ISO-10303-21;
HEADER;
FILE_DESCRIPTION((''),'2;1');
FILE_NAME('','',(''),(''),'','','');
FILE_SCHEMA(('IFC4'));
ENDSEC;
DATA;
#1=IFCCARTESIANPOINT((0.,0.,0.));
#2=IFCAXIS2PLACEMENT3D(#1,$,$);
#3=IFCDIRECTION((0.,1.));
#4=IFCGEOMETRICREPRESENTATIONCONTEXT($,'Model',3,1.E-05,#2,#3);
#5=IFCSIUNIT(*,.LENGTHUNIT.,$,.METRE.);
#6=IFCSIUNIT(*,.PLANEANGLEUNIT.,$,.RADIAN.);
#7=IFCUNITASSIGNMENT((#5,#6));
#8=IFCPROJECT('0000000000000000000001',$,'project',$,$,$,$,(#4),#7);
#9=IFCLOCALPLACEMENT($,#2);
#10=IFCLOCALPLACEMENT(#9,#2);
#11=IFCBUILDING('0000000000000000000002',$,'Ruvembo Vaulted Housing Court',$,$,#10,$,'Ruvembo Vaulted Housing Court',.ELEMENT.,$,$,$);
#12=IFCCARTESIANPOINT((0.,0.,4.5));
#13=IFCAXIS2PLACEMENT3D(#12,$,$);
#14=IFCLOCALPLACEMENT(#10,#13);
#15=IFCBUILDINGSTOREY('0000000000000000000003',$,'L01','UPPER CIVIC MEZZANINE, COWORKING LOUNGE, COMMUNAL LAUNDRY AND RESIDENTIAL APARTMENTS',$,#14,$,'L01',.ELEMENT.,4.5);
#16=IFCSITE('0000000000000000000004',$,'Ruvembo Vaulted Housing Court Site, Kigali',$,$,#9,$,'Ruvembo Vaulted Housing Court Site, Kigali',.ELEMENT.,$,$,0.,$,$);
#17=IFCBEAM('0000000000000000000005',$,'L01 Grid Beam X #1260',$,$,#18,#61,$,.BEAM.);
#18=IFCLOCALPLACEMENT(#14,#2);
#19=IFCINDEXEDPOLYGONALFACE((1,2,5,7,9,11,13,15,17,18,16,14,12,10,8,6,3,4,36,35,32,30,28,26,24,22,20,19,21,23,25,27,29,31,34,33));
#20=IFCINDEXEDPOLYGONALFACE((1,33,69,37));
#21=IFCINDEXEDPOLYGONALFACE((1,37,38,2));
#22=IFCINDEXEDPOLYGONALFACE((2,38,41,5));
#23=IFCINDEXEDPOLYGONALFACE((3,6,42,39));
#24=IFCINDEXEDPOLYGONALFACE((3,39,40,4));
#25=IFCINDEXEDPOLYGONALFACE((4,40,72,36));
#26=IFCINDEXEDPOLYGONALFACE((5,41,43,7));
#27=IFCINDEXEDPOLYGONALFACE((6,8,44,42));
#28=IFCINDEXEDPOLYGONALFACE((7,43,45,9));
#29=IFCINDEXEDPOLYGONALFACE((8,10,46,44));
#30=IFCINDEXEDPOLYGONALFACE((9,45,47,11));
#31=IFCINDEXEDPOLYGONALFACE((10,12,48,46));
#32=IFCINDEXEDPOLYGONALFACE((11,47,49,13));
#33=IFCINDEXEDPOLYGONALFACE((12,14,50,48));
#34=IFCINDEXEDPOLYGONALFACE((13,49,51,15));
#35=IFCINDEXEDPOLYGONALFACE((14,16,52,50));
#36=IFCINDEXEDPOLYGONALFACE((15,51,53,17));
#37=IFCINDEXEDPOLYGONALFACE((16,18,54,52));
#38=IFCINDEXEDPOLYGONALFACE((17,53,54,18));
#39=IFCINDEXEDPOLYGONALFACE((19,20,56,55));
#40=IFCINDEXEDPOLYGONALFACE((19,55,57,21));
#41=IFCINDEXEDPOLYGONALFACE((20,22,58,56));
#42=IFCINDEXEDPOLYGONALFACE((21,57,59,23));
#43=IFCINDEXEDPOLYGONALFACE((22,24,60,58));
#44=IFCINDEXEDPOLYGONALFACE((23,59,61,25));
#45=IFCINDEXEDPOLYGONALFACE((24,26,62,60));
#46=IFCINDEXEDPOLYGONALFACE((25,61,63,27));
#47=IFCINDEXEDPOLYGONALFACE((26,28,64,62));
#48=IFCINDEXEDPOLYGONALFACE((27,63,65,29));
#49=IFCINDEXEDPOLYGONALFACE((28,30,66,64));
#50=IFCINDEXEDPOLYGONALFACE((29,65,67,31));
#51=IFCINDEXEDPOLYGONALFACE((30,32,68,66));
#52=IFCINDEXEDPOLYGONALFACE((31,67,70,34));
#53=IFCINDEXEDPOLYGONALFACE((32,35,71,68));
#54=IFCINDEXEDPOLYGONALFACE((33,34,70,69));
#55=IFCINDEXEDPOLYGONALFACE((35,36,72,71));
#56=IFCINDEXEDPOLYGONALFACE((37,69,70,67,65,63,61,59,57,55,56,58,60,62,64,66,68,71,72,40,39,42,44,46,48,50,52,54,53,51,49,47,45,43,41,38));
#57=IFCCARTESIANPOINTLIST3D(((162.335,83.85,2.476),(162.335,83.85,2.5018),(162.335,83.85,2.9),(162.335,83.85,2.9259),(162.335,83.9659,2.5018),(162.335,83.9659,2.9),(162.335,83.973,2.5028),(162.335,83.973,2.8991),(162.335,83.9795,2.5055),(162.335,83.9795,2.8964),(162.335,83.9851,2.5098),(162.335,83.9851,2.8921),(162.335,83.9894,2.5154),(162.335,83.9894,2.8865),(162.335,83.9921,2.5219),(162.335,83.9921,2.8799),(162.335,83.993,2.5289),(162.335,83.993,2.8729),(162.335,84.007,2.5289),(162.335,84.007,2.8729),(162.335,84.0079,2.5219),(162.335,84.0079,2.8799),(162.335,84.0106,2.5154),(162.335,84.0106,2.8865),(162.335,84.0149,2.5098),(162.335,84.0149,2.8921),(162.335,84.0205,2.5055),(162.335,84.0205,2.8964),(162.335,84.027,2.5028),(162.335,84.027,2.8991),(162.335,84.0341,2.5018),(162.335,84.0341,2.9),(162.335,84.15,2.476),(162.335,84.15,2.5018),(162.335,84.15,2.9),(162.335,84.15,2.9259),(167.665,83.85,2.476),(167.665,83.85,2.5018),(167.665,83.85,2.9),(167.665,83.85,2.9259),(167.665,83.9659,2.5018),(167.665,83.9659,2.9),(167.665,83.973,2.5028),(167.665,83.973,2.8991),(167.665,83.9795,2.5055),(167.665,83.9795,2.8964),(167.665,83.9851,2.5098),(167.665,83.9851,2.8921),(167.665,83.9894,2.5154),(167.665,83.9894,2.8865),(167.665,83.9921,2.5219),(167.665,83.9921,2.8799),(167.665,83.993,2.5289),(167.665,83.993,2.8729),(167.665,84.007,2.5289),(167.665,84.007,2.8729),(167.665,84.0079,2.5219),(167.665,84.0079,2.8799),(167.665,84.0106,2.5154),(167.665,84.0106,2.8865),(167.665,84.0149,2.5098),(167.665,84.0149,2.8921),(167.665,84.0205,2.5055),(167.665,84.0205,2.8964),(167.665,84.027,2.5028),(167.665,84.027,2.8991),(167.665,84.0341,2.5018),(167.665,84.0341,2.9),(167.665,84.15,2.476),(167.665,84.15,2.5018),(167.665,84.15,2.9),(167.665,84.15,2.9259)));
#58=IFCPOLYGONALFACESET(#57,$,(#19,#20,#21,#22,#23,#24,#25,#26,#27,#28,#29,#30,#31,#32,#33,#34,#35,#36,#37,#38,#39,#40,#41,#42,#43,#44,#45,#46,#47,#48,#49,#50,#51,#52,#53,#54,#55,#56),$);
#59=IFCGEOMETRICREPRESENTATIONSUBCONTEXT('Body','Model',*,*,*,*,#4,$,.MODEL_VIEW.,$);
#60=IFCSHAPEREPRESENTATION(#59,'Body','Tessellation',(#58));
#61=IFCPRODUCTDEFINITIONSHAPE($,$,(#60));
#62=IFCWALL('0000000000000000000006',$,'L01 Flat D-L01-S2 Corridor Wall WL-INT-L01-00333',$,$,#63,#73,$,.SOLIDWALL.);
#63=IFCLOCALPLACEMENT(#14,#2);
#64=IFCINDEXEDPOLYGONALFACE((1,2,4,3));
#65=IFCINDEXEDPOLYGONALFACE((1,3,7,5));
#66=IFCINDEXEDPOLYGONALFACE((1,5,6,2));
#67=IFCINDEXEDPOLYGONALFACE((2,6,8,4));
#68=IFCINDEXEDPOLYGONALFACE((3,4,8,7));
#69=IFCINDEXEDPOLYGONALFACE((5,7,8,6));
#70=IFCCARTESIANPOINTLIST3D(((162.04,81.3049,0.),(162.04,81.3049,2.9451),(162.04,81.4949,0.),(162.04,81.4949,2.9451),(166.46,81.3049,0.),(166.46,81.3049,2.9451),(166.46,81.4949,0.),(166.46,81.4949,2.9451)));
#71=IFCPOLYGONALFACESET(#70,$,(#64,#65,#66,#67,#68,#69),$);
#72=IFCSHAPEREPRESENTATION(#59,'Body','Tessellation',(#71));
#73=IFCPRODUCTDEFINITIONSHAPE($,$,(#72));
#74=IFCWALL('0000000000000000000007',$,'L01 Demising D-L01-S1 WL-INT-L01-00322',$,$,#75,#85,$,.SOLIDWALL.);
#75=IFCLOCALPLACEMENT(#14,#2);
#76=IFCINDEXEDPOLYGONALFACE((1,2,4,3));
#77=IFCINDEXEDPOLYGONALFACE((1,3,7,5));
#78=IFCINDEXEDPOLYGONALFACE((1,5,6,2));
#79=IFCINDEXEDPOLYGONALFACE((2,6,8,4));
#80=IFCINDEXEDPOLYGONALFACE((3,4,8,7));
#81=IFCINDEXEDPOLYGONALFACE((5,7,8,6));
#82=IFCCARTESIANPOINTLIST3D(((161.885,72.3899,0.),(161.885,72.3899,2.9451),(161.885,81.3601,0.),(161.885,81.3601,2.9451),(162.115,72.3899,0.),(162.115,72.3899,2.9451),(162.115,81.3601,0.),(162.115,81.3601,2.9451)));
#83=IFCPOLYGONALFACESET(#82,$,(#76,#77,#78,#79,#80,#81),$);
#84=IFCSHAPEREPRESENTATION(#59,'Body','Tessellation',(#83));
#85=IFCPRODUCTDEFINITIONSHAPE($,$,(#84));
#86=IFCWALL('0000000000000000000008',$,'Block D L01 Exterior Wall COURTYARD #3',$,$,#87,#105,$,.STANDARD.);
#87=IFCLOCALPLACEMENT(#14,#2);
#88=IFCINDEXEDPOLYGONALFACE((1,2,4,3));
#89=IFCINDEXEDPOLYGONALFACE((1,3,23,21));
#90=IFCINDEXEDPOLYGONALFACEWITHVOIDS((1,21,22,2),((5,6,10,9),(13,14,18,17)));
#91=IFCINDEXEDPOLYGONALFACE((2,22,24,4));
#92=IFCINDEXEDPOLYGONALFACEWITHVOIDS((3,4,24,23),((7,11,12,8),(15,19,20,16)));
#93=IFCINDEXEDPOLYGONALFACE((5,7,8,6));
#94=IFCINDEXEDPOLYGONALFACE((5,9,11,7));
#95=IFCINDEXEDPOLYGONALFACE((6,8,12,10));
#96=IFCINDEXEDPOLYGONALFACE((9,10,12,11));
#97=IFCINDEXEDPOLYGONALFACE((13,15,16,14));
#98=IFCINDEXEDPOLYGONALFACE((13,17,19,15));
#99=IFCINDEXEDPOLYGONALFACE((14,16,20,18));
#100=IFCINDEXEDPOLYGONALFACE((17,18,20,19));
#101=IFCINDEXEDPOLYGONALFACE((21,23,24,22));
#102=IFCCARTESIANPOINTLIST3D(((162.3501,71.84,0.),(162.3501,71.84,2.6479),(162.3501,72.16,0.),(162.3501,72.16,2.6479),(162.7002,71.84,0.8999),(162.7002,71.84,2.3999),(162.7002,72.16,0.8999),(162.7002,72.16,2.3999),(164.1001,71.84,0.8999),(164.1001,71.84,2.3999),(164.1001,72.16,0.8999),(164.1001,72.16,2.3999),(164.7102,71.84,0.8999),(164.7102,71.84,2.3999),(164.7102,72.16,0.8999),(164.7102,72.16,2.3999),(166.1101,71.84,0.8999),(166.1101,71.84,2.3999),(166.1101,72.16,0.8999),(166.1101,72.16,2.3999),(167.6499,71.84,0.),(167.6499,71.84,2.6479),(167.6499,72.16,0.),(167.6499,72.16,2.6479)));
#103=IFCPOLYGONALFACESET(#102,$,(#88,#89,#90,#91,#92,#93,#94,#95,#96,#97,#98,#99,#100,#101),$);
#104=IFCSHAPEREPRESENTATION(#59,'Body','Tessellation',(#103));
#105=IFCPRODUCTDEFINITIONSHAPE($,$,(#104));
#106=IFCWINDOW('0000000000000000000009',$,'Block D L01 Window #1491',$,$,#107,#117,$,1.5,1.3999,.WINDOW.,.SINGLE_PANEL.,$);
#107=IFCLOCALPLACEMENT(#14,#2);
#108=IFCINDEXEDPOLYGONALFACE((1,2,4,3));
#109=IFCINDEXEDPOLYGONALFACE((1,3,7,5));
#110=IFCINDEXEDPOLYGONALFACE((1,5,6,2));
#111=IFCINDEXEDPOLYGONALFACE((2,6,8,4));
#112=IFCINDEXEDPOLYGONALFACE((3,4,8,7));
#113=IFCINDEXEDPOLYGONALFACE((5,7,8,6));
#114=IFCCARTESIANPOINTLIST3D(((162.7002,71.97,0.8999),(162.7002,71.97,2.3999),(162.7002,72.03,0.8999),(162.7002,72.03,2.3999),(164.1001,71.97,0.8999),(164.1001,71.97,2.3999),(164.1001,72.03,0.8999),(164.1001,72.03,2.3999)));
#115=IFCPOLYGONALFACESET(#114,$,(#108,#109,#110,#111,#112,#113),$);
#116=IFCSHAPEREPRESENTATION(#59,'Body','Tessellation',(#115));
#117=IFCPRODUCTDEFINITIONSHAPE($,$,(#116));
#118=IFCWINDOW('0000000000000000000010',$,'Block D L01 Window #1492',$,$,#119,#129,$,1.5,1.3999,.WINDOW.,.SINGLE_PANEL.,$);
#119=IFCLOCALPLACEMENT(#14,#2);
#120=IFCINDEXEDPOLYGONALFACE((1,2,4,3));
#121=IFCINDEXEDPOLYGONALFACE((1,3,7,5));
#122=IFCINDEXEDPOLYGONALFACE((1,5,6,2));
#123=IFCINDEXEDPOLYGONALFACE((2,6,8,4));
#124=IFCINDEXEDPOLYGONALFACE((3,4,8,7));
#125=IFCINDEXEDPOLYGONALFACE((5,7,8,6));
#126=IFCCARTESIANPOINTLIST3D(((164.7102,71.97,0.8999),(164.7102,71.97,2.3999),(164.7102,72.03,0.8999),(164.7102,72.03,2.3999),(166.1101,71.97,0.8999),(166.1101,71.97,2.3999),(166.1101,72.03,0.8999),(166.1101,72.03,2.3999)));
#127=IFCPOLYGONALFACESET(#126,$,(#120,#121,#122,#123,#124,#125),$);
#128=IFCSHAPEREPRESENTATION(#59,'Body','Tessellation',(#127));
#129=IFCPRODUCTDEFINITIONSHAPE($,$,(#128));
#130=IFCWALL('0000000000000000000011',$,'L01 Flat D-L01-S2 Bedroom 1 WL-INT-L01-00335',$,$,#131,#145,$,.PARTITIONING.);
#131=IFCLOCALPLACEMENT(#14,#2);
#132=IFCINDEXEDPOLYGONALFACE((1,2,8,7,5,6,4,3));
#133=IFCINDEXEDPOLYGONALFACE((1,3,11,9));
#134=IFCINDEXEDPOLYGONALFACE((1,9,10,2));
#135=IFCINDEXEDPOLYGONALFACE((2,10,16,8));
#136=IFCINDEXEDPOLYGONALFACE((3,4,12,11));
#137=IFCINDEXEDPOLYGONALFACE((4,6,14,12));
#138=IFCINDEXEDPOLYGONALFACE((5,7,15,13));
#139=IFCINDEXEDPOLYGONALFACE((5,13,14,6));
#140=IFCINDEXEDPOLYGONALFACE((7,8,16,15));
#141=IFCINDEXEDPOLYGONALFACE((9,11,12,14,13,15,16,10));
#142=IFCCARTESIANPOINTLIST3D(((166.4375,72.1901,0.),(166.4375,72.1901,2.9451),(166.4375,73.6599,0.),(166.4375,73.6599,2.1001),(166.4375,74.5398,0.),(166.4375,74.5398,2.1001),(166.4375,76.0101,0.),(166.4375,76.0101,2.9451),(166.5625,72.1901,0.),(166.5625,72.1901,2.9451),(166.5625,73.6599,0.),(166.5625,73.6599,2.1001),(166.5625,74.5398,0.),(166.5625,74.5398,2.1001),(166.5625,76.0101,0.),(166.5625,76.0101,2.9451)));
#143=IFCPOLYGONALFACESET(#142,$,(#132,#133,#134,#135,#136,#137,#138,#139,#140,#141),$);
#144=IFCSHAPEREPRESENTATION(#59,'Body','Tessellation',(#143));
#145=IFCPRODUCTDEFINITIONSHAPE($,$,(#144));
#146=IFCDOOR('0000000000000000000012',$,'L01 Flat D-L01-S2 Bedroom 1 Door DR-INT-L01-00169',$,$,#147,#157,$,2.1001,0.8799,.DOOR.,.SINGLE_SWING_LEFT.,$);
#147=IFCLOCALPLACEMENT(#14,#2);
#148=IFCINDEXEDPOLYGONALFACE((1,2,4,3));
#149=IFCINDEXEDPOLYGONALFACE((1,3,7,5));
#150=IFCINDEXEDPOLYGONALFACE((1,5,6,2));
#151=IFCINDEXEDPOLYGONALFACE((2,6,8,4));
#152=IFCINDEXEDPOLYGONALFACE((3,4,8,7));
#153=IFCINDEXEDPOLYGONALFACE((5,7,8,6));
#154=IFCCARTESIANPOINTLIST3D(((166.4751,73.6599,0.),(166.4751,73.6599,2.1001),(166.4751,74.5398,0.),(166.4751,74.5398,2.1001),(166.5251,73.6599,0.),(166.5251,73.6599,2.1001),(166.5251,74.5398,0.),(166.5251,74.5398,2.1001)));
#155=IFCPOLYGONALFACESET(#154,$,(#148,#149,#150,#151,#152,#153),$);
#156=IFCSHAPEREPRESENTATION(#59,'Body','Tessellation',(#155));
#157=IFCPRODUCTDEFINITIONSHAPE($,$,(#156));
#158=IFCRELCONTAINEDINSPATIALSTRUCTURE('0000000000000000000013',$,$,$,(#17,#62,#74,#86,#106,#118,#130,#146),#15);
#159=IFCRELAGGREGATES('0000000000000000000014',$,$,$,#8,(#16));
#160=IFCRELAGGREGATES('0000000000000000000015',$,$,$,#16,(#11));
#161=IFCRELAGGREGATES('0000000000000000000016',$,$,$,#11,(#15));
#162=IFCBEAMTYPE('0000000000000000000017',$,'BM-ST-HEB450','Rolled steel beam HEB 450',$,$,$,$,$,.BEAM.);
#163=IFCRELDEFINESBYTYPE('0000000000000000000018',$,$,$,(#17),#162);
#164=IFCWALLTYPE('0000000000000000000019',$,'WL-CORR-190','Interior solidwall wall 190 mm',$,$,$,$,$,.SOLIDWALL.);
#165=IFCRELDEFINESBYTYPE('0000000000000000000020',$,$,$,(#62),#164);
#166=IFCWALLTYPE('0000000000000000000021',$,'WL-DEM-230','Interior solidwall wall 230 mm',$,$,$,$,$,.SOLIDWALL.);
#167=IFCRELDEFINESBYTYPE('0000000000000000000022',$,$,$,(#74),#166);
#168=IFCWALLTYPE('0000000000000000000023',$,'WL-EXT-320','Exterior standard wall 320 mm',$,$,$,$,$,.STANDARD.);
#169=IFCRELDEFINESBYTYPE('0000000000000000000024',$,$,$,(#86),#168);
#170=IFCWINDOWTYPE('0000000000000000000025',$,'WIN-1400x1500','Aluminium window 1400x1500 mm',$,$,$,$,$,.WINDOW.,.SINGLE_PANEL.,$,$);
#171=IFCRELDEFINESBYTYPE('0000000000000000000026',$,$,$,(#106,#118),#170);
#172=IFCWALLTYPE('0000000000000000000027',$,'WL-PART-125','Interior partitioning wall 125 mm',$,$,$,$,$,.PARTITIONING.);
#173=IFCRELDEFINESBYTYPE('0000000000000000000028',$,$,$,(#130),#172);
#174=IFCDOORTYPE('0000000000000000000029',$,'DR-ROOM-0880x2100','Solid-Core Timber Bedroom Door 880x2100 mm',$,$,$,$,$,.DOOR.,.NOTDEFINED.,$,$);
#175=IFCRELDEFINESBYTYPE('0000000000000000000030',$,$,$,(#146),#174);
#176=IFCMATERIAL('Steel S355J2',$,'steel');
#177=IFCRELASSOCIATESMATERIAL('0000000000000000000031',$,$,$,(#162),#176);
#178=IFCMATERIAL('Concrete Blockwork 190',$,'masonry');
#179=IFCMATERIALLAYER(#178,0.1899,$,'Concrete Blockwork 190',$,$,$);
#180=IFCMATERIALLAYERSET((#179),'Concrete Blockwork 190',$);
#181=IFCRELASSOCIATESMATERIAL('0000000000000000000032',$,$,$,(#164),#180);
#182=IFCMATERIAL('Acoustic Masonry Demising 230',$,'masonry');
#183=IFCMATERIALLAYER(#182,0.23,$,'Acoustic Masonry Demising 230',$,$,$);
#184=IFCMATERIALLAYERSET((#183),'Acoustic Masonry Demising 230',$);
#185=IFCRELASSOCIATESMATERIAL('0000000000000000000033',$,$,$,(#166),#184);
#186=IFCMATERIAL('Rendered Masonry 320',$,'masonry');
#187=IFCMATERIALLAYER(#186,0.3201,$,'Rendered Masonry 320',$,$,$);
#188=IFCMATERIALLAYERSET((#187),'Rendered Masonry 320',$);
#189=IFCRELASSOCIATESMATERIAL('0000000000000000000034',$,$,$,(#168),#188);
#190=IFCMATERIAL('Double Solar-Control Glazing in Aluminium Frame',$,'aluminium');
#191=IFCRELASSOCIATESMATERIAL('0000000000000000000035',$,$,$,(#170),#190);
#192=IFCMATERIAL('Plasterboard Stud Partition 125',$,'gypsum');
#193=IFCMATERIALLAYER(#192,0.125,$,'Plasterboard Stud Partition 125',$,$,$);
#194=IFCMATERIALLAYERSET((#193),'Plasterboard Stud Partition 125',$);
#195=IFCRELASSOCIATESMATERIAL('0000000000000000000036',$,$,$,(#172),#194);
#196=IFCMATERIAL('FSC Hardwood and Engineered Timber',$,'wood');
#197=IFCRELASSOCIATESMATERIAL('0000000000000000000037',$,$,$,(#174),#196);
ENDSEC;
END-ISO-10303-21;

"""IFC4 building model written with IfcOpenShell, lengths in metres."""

from ifc_helpers import new_model, si_unit, direction, frame, frame_2d, origin, origin_2d, place, context, subcontext, project, spatial, rectangle, i_section, extrude, material, layer, layer_set, material_profile, profile_set, type_object, element, fill, save


model = new_model("IFC4")

# Units and contexts
model_context = context("Model", 3, precision=1e-05, world=origin(), true_north=direction((0.0, 1.0)))
body_context = subcontext(model_context, "Body", "Model", "MODEL_VIEW")
ifc_project = project(units=[si_unit("LENGTHUNIT", "METRE"), si_unit("PLANEANGLEUNIT", "RADIAN")], contexts=[model_context])

# Site, building, storey
site_placement = place(None, origin())
site = spatial("IfcSite", under=ifc_project, at=site_placement, Name="Ruvembo Vaulted Housing Court Site, Kigali", LongName="Ruvembo Vaulted Housing Court Site, Kigali", CompositionType="ELEMENT", RefElevation=0.0)
building_placement = place(site_placement, origin())
building = spatial("IfcBuilding", under=site, at=building_placement, Name="Ruvembo Vaulted Housing Court", LongName="Ruvembo Vaulted Housing Court", CompositionType="ELEMENT")
storey_placement = place(building_placement, frame((0.0, 0.0, 4.5)))
storey = spatial("IfcBuildingStorey", under=building, at=storey_placement, Name="L01", Description="UPPER CIVIC MEZZANINE, COWORKING LOUNGE, COMMUNAL LAUNDRY AND RESIDENTIAL APARTMENTS", LongName="L01", CompositionType="ELEMENT", Elevation=4.5)

# Beam
ifc_material_1 = material(Name="Steel S355J2", Category="steel")
ifc_material_profile_1 = material_profile(ifc_material_1, i_section(OverallWidth=0.3, OverallDepth=0.45, WebThickness=0.0139, FlangeThickness=0.0259, FilletRadius=0.0271, at=origin_2d()), Name="HEB 450")
ifc_profile_set_1 = profile_set([ifc_material_profile_1], Name="Steel S355J2")
beam_type_1 = type_object("IfcBeamType", Name="BM-ST-HEB450", Description="Rolled steel beam HEB 450", PredefinedType="BEAM", material=ifc_profile_set_1)
beam_1_placement = place(storey_placement, frame((162.335, 84.0, 2.7009), z_axis=(1.0, 0.0, 0.0), x_axis=(0.0, 1.0, 0.0)))
element("IfcBeam", 1, at=beam_1_placement, inside=storey, type_object=beam_type_1, Name="L01 Grid Beam X #1260", PredefinedType="BEAM", context=body_context, shape_type="SweptSolid", body=[
    extrude(i_section(OverallWidth=0.3, OverallDepth=0.45, WebThickness=0.0139, FlangeThickness=0.0259, FilletRadius=0.0271, at=origin_2d()), origin(), (0.0, 0.0, 1.0), 5.3301),
])

# Wall
ifc_material_2 = material(Name="Concrete Blockwork 190", Category="masonry")
ifc_layer_1 = layer(ifc_material_2, 0.1899, Name="Concrete Blockwork 190")
ifc_layer_set_1 = layer_set([ifc_layer_1], Name="Concrete Blockwork 190")
wall_type_1 = type_object("IfcWallType", Name="WL-CORR-190", Description="Interior solidwall wall 190 mm", PredefinedType="SOLIDWALL", material=ifc_layer_set_1)
wall_1_placement = place(storey_placement, frame((162.04, 81.3999, 0.0), z_axis=(0.0, 0.0, 1.0), x_axis=(1.0, 0.0, 0.0)))
element("IfcWall", 2, at=wall_1_placement, inside=storey, type_object=wall_type_1, Name="L01 Flat D-L01-S2 Corridor Wall WL-INT-L01-00333", PredefinedType="SOLIDWALL", context=body_context, shape_type="SweptSolid", body=[
    extrude(rectangle(XDim=4.4199, YDim=0.1899, at=frame_2d((2.21, 0.0))), origin(), (0.0, 0.0, 1.0), 2.9451),
])

# Shared definitions
ifc_material_3 = material(Name="FSC Hardwood and Engineered Timber", Category="wood")

# Wall
ifc_material_4 = material(Name="Acoustic Masonry Demising 230", Category="masonry")
ifc_layer_2 = layer(ifc_material_4, 0.23, Name="Acoustic Masonry Demising 230")
ifc_layer_set_2 = layer_set([ifc_layer_2], Name="Acoustic Masonry Demising 230")
wall_type_2 = type_object("IfcWallType", Name="WL-DEM-230", Description="Interior solidwall wall 230 mm", PredefinedType="SOLIDWALL", material=ifc_layer_set_2)
wall_2_placement = place(storey_placement, frame((162.0, 72.3899, 0.0), z_axis=(0.0, 0.0, 1.0), x_axis=(0.0, 1.0, 0.0)))
element("IfcWall", 3, at=wall_2_placement, inside=storey, type_object=wall_type_2, Name="L01 Demising D-L01-S1 WL-INT-L01-00322", PredefinedType="SOLIDWALL", context=body_context, shape_type="SweptSolid", body=[
    extrude(rectangle(XDim=8.9702, YDim=0.23, at=frame_2d((4.4851, 0.0))), origin(), (0.0, 0.0, 1.0), 2.9451),
])

# Wall, openings, windows
ifc_material_5 = material(Name="Rendered Masonry 320", Category="masonry")
ifc_layer_3 = layer(ifc_material_5, 0.3201, Name="Rendered Masonry 320")
ifc_layer_set_3 = layer_set([ifc_layer_3], Name="Rendered Masonry 320")
wall_type_3 = type_object("IfcWallType", Name="WL-EXT-320", Description="Exterior standard wall 320 mm", PredefinedType="STANDARD", material=ifc_layer_set_3)
wall_3_placement = place(storey_placement, frame((162.3501, 72.0, 0.0), z_axis=(0.0, 0.0, 1.0), x_axis=(1.0, 0.0, 0.0)))
wall_3 = element("IfcWall", 4, at=wall_3_placement, inside=storey, type_object=wall_type_3, Name="Block D L01 Exterior Wall COURTYARD #3", PredefinedType="STANDARD", context=body_context, shape_type="SweptSolid", body=[
    extrude(rectangle(XDim=5.2998, YDim=0.3201, at=frame_2d((2.6499, 0.0))), origin(), (0.0, 0.0, 1.0), 2.6479),
])
opening_1_placement = place(wall_3_placement, frame((0.3501, 0.0, 0.8999)))
opening_1 = element("IfcOpeningElement", 5, at=opening_1_placement, cuts=wall_3, PredefinedType="OPENING", context=body_context, shape_type="SweptSolid", body=[
    extrude(rectangle(XDim=1.3999, YDim=1.5, at=frame_2d((0.7, 0.75))), frame((0.0, 0.1699, 0.0), z_axis=(0.0, -1.0, 0.0), x_axis=(1.0, 0.0, 0.0)), (0.0, 0.0, 1.0), 0.3401),
])
opening_2_placement = place(wall_3_placement, frame((2.3601, 0.0, 0.8999)))
opening_2 = element("IfcOpeningElement", 6, at=opening_2_placement, cuts=wall_3, PredefinedType="OPENING", context=body_context, shape_type="SweptSolid", body=[
    extrude(rectangle(XDim=1.3999, YDim=1.5, at=frame_2d((0.7, 0.75))), frame((0.0, 0.1699, 0.0), z_axis=(0.0, -1.0, 0.0), x_axis=(1.0, 0.0, 0.0)), (0.0, 0.0, 1.0), 0.3401),
])
ifc_material_6 = material(Name="Double Solar-Control Glazing in Aluminium Frame", Category="aluminium")
window_type = type_object("IfcWindowType", Name="WIN-1400x1500", Description="Aluminium window 1400x1500 mm", PartitioningType="SINGLE_PANEL", PredefinedType="WINDOW", material=ifc_material_6)
window_1_placement = place(opening_1_placement, origin())
window_1 = element("IfcWindow", 7, at=window_1_placement, inside=storey, type_object=window_type, Name="Block D L01 Window #1491", OverallHeight=1.5, OverallWidth=1.3999, PartitioningType="SINGLE_PANEL", PredefinedType="WINDOW", context=body_context, shape_type="SweptSolid", body=[
    extrude(rectangle(XDim=1.3999, YDim=1.5, at=frame_2d((0.7, 0.75))), frame((0.0, 0.03, 0.0), z_axis=(0.0, -1.0, 0.0), x_axis=(1.0, 0.0, 0.0)), (0.0, 0.0, 1.0), 0.0601),
])
fill(opening_1, window_1)
window_2_placement = place(opening_2_placement, origin())
window_2 = element("IfcWindow", 8, at=window_2_placement, inside=storey, type_object=window_type, Name="Block D L01 Window #1492", OverallHeight=1.5, OverallWidth=1.3999, PartitioningType="SINGLE_PANEL", PredefinedType="WINDOW", context=body_context, shape_type="SweptSolid", body=[
    extrude(rectangle(XDim=1.3999, YDim=1.5, at=frame_2d((0.7, 0.75))), frame((0.0, 0.03, 0.0), z_axis=(0.0, -1.0, 0.0), x_axis=(1.0, 0.0, 0.0)), (0.0, 0.0, 1.0), 0.0601),
])
fill(opening_2, window_2)

# Wall, opening, door
ifc_material_7 = material(Name="Plasterboard Stud Partition 125", Category="gypsum")
ifc_layer_4 = layer(ifc_material_7, 0.125, Name="Plasterboard Stud Partition 125")
ifc_layer_set_4 = layer_set([ifc_layer_4], Name="Plasterboard Stud Partition 125")
wall_type_4 = type_object("IfcWallType", Name="WL-PART-125", Description="Interior partitioning wall 125 mm", PredefinedType="PARTITIONING", material=ifc_layer_set_4)
wall_4_placement = place(storey_placement, frame((166.5, 72.1899, 0.0), z_axis=(0.0, 0.0, 1.0), x_axis=(0.0, 1.0, 0.0)))
wall_4 = element("IfcWall", 9, at=wall_4_placement, inside=storey, type_object=wall_type_4, Name="L01 Flat D-L01-S2 Bedroom 1 WL-INT-L01-00335", PredefinedType="PARTITIONING", context=body_context, shape_type="SweptSolid", body=[
    extrude(rectangle(XDim=3.8201, YDim=0.125, at=frame_2d((1.9102, 0.0))), origin(), (0.0, 0.0, 1.0), 2.9451),
])
opening_3_placement = place(wall_4_placement, frame((1.47, 0.0, 0.0)))
opening_3 = element("IfcOpeningElement", 10, at=opening_3_placement, cuts=wall_4, PredefinedType="OPENING", context=body_context, shape_type="SweptSolid", body=[
    extrude(rectangle(XDim=0.8799, YDim=2.1001, at=frame_2d((0.4399, 1.05))), frame((0.0, 0.0725, 0.0), z_axis=(0.0, -1.0, 0.0), x_axis=(1.0, 0.0, 0.0)), (0.0, 0.0, 1.0), 0.145),
])
door_type_1 = type_object("IfcDoorType", Name="DR-ROOM-0880x2100", Description="Solid-Core Timber Bedroom Door 880x2100 mm", OperationType="NOTDEFINED", PredefinedType="DOOR", material=ifc_material_3)
door_1_placement = place(opening_3_placement, origin())
door_1 = element("IfcDoor", 11, at=door_1_placement, inside=storey, type_object=door_type_1, Name="L01 Flat D-L01-S2 Bedroom 1 Door DR-INT-L01-00169", OperationType="SINGLE_SWING_LEFT", OverallHeight=2.1001, OverallWidth=0.8799, PredefinedType="DOOR", context=body_context, shape_type="SweptSolid", body=[
    extrude(rectangle(XDim=0.8799, YDim=2.1001, at=frame_2d((0.4399, 1.05))), frame((0.0, 0.0249, 0.0), z_axis=(0.0, -1.0, 0.0), x_axis=(1.0, 0.0, 0.0)), (0.0, 0.0, 1.0), 0.05),
])
fill(opening_3, door_1)

save(model, "model.ifc")
